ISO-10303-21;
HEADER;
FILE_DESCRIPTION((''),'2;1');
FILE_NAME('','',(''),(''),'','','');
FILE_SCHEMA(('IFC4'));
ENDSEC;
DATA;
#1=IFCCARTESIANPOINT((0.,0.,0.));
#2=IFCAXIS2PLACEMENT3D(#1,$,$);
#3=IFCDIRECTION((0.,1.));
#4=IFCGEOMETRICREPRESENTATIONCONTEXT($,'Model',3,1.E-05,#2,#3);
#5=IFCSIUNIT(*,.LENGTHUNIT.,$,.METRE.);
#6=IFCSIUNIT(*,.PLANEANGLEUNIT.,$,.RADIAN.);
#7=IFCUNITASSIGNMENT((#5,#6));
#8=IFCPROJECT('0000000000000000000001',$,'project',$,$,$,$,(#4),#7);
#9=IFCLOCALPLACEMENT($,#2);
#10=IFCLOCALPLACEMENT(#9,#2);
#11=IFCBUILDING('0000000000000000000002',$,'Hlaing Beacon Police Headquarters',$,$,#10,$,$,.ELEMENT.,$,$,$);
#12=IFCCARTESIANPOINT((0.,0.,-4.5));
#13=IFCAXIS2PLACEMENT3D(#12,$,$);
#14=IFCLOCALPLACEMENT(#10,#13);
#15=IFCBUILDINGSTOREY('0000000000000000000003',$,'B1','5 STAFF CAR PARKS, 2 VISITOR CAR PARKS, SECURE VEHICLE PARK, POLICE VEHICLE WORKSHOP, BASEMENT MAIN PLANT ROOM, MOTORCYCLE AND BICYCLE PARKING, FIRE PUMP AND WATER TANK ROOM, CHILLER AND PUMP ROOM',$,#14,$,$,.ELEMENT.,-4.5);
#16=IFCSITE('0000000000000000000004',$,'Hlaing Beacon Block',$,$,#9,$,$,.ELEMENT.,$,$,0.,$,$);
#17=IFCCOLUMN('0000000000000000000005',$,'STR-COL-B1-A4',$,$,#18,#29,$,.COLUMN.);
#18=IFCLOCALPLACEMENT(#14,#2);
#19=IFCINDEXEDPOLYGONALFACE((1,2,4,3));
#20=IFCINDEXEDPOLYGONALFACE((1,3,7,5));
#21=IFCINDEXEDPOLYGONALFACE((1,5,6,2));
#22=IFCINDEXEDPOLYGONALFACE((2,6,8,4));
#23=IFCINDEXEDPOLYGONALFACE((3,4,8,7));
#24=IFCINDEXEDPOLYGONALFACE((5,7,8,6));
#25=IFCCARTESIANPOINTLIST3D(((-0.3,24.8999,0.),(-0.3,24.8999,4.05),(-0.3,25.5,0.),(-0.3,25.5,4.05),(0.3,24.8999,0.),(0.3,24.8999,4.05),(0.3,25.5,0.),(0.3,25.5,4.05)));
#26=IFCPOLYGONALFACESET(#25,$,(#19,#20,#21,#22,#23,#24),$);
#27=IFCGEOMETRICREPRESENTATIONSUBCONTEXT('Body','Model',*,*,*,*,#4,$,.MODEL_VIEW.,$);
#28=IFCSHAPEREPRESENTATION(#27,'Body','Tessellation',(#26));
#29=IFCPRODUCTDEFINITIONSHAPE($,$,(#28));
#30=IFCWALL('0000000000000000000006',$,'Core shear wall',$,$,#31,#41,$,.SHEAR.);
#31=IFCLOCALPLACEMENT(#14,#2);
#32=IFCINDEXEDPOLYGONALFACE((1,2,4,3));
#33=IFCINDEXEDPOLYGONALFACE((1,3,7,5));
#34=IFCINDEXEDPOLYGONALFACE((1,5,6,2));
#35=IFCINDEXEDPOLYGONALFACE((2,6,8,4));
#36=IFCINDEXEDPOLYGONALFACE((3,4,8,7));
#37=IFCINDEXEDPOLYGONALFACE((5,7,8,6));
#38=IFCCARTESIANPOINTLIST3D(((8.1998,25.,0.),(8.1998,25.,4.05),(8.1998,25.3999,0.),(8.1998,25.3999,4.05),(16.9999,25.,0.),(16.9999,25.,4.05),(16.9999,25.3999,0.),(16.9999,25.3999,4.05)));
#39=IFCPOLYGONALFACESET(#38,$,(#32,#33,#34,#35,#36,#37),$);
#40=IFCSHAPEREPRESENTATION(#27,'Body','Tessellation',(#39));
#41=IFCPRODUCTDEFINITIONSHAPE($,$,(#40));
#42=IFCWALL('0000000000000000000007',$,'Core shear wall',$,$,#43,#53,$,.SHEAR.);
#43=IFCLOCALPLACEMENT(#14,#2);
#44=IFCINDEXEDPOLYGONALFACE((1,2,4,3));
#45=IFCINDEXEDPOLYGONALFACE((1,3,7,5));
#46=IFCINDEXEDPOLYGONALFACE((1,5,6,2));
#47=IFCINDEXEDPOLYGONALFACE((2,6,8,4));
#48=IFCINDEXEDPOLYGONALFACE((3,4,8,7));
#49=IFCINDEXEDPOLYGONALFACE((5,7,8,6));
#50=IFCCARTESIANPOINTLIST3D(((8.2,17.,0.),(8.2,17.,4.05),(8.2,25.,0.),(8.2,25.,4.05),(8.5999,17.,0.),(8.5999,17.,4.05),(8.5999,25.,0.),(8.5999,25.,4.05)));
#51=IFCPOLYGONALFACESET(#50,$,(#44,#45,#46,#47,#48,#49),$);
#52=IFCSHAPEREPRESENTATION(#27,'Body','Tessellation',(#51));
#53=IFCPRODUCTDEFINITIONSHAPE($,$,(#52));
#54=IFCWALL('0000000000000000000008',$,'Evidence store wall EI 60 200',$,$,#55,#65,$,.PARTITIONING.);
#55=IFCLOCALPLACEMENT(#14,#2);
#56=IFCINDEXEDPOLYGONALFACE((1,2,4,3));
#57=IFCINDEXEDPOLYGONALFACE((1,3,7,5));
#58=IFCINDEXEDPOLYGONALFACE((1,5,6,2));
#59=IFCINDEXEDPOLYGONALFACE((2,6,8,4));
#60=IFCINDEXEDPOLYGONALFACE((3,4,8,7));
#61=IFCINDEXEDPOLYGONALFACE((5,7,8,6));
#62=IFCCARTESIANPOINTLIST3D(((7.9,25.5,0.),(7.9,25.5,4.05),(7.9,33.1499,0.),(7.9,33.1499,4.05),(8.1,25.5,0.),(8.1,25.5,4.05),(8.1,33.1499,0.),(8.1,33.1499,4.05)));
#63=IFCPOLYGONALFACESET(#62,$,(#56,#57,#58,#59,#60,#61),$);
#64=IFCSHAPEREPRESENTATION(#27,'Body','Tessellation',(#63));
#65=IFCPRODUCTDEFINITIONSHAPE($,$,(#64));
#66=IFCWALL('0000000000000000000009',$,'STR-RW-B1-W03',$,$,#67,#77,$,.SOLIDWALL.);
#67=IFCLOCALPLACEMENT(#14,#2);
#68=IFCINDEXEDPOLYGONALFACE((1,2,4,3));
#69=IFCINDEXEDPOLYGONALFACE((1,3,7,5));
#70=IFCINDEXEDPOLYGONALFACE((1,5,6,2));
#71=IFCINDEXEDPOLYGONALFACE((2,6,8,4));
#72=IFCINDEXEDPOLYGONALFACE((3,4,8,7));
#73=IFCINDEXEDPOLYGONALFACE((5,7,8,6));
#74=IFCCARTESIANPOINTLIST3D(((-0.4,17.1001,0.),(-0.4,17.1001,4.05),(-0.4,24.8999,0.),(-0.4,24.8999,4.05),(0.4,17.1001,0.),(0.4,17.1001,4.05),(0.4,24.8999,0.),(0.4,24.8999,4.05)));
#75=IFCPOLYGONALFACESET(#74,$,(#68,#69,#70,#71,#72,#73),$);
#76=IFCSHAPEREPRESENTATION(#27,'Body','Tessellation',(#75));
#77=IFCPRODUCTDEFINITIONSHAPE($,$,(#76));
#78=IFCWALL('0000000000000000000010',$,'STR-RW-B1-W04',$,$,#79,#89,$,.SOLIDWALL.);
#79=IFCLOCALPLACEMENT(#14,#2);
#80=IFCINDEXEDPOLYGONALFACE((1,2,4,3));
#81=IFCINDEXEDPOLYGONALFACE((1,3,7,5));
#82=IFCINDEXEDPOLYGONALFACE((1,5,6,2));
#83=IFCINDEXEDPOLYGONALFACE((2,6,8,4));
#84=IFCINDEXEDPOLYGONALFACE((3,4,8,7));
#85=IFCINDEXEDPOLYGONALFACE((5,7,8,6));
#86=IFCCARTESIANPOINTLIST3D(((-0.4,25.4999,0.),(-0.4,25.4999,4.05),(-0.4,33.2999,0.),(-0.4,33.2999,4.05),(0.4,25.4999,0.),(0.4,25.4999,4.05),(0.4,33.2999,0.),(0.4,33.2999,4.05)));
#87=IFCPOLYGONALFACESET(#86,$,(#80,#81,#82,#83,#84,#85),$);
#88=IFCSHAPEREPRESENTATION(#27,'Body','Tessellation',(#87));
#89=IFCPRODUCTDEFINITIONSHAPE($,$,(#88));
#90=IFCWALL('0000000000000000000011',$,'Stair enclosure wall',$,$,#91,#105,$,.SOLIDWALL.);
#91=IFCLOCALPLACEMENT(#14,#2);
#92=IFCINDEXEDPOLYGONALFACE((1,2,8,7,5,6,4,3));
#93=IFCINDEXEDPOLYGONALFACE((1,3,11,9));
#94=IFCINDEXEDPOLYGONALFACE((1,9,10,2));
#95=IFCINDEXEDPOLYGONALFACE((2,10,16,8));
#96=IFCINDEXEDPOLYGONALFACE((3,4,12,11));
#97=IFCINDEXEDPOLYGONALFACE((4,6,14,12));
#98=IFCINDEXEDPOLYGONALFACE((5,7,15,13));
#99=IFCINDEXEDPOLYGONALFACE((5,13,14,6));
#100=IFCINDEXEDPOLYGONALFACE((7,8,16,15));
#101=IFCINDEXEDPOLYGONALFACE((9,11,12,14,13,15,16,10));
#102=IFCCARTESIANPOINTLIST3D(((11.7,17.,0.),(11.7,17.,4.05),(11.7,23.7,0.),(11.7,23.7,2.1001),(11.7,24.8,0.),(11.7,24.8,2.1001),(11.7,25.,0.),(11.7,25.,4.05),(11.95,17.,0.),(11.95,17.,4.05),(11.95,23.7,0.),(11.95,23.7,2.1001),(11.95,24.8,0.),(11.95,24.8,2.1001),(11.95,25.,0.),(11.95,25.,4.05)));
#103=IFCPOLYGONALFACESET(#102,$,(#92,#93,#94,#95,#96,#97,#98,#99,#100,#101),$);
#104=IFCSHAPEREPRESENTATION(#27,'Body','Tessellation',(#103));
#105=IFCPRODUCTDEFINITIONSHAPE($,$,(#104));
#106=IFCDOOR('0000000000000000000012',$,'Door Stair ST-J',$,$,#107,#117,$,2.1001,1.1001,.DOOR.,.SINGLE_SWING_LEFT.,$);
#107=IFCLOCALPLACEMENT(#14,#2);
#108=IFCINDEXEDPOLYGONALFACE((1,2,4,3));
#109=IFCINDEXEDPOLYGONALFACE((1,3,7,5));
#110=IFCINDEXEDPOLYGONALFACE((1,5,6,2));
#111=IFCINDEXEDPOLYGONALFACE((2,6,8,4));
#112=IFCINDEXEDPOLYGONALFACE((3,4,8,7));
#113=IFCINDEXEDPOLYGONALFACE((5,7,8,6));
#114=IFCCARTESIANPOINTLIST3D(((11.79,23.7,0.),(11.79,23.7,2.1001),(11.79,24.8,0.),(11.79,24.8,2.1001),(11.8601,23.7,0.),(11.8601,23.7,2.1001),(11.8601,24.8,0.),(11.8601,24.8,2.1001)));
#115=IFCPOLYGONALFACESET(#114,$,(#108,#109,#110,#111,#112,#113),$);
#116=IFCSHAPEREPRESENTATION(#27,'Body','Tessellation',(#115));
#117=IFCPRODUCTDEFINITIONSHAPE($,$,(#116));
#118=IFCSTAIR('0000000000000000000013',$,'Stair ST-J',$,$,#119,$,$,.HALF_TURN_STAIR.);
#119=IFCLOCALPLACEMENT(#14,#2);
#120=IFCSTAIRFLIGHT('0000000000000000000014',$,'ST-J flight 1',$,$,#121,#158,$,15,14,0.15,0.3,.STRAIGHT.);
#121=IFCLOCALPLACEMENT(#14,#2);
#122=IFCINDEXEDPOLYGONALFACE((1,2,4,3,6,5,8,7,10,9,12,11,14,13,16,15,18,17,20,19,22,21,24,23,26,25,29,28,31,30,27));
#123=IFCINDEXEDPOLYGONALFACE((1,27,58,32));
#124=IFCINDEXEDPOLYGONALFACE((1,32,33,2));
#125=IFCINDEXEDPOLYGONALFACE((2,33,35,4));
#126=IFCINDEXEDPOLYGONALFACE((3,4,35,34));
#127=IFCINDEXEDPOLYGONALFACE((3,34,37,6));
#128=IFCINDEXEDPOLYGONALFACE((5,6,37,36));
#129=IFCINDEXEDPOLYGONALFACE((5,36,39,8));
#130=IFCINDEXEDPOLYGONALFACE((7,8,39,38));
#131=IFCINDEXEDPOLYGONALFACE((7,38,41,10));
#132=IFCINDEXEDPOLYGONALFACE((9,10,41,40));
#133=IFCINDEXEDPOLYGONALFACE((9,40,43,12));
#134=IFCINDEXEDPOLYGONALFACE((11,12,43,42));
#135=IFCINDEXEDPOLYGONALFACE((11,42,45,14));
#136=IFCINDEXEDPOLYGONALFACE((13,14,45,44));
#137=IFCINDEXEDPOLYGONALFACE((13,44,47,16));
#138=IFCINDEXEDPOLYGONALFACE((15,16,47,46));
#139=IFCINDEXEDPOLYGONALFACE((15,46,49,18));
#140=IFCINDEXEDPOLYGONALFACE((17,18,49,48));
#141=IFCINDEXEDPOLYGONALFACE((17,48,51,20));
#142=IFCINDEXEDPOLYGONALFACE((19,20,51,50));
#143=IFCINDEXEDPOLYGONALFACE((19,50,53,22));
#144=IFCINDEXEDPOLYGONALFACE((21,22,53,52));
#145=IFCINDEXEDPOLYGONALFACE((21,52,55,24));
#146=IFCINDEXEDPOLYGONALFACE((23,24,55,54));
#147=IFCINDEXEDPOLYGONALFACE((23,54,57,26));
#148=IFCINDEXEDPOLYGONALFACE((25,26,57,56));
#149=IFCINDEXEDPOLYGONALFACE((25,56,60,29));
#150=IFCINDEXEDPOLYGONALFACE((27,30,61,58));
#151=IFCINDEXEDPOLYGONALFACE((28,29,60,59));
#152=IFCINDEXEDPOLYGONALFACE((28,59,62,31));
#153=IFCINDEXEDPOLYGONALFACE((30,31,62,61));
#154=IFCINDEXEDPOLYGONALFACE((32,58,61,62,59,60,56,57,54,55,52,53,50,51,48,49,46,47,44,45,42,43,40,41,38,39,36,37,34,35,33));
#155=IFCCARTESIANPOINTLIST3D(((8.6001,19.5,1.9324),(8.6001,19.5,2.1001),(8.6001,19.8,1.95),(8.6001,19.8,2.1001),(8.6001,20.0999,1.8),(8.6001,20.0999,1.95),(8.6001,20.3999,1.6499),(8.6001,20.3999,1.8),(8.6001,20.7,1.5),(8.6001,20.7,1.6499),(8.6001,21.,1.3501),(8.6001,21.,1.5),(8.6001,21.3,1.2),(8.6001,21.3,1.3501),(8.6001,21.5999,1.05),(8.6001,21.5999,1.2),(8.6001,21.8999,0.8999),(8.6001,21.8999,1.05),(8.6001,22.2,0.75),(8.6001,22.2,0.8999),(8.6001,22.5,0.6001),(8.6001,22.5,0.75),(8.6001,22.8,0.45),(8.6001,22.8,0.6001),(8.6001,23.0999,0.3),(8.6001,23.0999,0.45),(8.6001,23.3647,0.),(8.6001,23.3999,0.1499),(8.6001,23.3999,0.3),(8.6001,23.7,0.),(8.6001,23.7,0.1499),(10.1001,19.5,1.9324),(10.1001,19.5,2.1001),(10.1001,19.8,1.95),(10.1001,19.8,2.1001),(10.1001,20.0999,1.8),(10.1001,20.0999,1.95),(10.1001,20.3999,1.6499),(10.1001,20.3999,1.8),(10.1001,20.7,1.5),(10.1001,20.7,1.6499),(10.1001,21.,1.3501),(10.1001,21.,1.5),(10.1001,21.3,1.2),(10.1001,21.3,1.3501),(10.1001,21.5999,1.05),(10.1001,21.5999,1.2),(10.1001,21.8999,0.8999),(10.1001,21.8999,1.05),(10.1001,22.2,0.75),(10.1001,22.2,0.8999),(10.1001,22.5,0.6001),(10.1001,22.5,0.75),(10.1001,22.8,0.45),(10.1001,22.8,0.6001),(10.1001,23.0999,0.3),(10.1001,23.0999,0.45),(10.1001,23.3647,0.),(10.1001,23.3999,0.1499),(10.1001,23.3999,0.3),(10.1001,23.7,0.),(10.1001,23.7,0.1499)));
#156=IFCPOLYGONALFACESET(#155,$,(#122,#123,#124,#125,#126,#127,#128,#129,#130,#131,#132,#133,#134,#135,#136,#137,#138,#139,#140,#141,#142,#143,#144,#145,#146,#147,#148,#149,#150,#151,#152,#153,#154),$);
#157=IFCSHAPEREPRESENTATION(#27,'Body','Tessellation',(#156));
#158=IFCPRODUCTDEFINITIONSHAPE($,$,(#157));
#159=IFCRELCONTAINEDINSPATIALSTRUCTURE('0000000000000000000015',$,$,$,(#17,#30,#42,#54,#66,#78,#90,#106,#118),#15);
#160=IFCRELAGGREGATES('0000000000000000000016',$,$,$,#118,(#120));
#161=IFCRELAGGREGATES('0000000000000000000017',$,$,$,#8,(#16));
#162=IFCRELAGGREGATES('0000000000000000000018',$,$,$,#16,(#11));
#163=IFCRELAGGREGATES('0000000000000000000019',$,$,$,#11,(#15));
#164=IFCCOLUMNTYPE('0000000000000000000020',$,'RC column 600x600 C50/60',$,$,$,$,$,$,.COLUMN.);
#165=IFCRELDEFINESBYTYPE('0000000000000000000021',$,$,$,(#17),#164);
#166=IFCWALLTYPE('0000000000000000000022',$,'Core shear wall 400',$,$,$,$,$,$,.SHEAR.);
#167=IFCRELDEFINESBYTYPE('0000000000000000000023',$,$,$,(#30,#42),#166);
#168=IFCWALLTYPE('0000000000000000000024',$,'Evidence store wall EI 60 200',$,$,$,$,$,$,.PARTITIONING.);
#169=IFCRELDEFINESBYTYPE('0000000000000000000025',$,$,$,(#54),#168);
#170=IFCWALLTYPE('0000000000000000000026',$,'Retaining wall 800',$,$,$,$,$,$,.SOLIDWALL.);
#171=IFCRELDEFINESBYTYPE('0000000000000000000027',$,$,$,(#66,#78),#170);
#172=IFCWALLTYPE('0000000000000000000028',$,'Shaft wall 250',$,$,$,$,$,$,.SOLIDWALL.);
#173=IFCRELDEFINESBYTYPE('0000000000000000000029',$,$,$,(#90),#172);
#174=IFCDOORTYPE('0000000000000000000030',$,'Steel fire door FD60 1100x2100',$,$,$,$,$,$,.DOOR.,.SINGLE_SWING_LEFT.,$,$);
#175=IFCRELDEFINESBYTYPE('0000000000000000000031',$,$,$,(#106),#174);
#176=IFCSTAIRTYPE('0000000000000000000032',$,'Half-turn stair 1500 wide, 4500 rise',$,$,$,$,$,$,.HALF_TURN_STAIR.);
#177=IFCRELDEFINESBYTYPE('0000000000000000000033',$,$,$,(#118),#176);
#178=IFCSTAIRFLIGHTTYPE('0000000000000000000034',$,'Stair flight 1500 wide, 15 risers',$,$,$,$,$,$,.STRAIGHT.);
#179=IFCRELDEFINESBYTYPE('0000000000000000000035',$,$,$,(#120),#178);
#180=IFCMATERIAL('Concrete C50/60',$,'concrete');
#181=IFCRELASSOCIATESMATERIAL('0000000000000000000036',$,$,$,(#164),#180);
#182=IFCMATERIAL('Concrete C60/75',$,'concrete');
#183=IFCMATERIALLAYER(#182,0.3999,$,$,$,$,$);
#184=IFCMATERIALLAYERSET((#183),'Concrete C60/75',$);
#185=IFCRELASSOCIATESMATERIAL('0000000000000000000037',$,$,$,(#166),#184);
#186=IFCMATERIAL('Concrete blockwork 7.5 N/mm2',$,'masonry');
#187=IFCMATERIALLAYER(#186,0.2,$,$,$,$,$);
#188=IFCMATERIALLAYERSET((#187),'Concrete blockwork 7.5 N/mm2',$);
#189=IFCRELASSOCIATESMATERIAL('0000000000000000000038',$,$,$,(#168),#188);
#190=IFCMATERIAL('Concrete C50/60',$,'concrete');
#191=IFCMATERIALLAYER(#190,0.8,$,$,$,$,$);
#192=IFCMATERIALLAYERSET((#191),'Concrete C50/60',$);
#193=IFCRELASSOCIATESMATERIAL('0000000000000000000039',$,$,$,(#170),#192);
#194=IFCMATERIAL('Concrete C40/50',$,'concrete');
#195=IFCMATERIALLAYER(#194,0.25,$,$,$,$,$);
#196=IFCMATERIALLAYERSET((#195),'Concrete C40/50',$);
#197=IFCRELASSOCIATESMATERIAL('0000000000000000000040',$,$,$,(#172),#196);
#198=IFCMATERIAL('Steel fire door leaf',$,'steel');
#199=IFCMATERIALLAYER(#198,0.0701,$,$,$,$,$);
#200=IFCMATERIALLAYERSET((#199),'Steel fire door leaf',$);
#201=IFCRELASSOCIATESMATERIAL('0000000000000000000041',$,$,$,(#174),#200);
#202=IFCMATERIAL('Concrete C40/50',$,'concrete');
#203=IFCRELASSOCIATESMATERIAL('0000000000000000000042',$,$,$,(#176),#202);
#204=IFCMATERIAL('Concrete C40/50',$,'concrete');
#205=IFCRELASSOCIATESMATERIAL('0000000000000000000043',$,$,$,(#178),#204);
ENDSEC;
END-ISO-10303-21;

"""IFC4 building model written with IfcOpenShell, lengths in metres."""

from ifc_helpers import new_model, si_unit, direction, frame, frame_2d, origin, origin_2d, place, context, subcontext, project, spatial, polyline, rectangle, outline, extrude, material, layer, layer_set, material_profile, profile_set, type_object, element, fill, aggregate, save


model = new_model("IFC4")

# Units and contexts
model_context = context("Model", 3, precision=1e-05, world=origin(), true_north=direction((0.0, 1.0)))
body_context = subcontext(model_context, "Body", "Model", "MODEL_VIEW")
ifc_project = project(units=[si_unit("LENGTHUNIT", "METRE"), si_unit("PLANEANGLEUNIT", "RADIAN")], contexts=[model_context])

# Site, building, storey
site_placement = place(None, origin())
site = spatial("IfcSite", under=ifc_project, at=site_placement, Name="Hlaing Beacon Block", CompositionType="ELEMENT", RefElevation=0.0)
building_placement = place(site_placement, origin())
building = spatial("IfcBuilding", under=site, at=building_placement, Name="Hlaing Beacon Police Headquarters", CompositionType="ELEMENT")
storey_placement = place(building_placement, frame((0.0, 0.0, -4.5)))
storey = spatial("IfcBuildingStorey", under=building, at=storey_placement, Name="B1", Description="5 STAFF CAR PARKS, 2 VISITOR CAR PARKS, SECURE VEHICLE PARK, POLICE VEHICLE WORKSHOP, BASEMENT MAIN PLANT ROOM, MOTORCYCLE AND BICYCLE PARKING, FIRE PUMP AND WATER TANK ROOM, CHILLER AND PUMP ROOM", CompositionType="ELEMENT", Elevation=-4.5)

# Column
ifc_material_1 = material(Name="Concrete C50/60", Category="concrete")
ifc_material_profile_1 = material_profile(ifc_material_1, rectangle(XDim=0.6001, YDim=0.6001, at=origin_2d()), Name="600x600")
ifc_profile_set_1 = profile_set([ifc_material_profile_1], Name="Concrete C50/60")
column_type = type_object("IfcColumnType", Name="RC column 600x600 C50/60", PredefinedType="COLUMN", material=ifc_profile_set_1)
column_placement = place(storey_placement, frame((0.0, 25.2, 0.0), z_axis=(0.0, 0.0, 1.0), x_axis=(1.0, 0.0, 0.0)))
element("IfcColumn", 1, at=column_placement, inside=storey, type_object=column_type, Name="STR-COL-B1-A4", PredefinedType="COLUMN", context=body_context, shape_type="SweptSolid", body=[
    extrude(rectangle(XDim=0.6001, YDim=0.6001, at=origin_2d()), origin(), (0.0, 0.0, 1.0), 4.05),
])

# Walls
ifc_material_2 = material(Name="Concrete C60/75", Category="concrete")
ifc_layer_1 = layer(ifc_material_2, 0.3999)
ifc_layer_set_1 = layer_set([ifc_layer_1], Name="Concrete C60/75")
wall_type_1 = type_object("IfcWallType", Name="Core shear wall 400", PredefinedType="SHEAR", material=ifc_layer_set_1)
wall_1_placement = place(storey_placement, frame((8.2, 25.2, 0.0), z_axis=(0.0, 0.0, 1.0), x_axis=(1.0, 0.0, 0.0)))
element("IfcWall", 2, at=wall_1_placement, inside=storey, type_object=wall_type_1, Name="Core shear wall", PredefinedType="SHEAR", context=body_context, shape_type="SweptSolid", body=[
    extrude(rectangle(XDim=8.8, YDim=0.3999, at=frame_2d((4.3999, 0.0))), origin(), (0.0, 0.0, 1.0), 4.05),
])
wall_2_placement = place(storey_placement, frame((8.3999, 17.0, 0.0), z_axis=(0.0, 0.0, 1.0), x_axis=(0.0, 1.0, 0.0)))
element("IfcWall", 3, at=wall_2_placement, inside=storey, type_object=wall_type_1, Name="Core shear wall", PredefinedType="SHEAR", context=body_context, shape_type="SweptSolid", body=[
    extrude(rectangle(XDim=8.0, YDim=0.3999, at=frame_2d((4.0, 0.0))), origin(), (0.0, 0.0, 1.0), 4.05),
])
ifc_material_3 = material(Name="Concrete blockwork 7.5 N/mm2", Category="masonry")
ifc_layer_2 = layer(ifc_material_3, 0.2)
ifc_layer_set_2 = layer_set([ifc_layer_2], Name="Concrete blockwork 7.5 N/mm2")
wall_type_2 = type_object("IfcWallType", Name="Evidence store wall EI 60 200", PredefinedType="PARTITIONING", material=ifc_layer_set_2)
wall_3_placement = place(storey_placement, frame((8.0, 25.5, 0.0), z_axis=(0.0, 0.0, 1.0), x_axis=(0.0, 1.0, 0.0)))
element("IfcWall", 4, at=wall_3_placement, inside=storey, type_object=wall_type_2, Name="Evidence store wall EI 60 200", PredefinedType="PARTITIONING", context=body_context, shape_type="SweptSolid", body=[
    extrude(rectangle(XDim=7.6499, YDim=0.2, at=frame_2d((3.825, 0.0))), origin(), (0.0, 0.0, 1.0), 4.05),
])
ifc_material_4 = material(Name="Concrete C50/60", Category="concrete")
ifc_layer_3 = layer(ifc_material_4, 0.8)
ifc_layer_set_3 = layer_set([ifc_layer_3], Name="Concrete C50/60")
wall_type_3 = type_object("IfcWallType", Name="Retaining wall 800", PredefinedType="SOLIDWALL", material=ifc_layer_set_3)
wall_4_placement = place(storey_placement, frame((0.0, 17.1001, 0.0), z_axis=(0.0, 0.0, 1.0), x_axis=(0.0, 1.0, 0.0)))
element("IfcWall", 5, at=wall_4_placement, inside=storey, type_object=wall_type_3, Name="STR-RW-B1-W03", PredefinedType="SOLIDWALL", context=body_context, shape_type="SweptSolid", body=[
    extrude(rectangle(XDim=7.7998, YDim=0.8, at=frame_2d((3.8999, 0.0))), origin(), (0.0, 0.0, 1.0), 4.05),
])
wall_5_placement = place(storey_placement, frame((0.0, 25.5, 0.0), z_axis=(0.0, 0.0, 1.0), x_axis=(0.0, 1.0, 0.0)))
element("IfcWall", 6, at=wall_5_placement, inside=storey, type_object=wall_type_3, Name="STR-RW-B1-W04", PredefinedType="SOLIDWALL", context=body_context, shape_type="SweptSolid", body=[
    extrude(rectangle(XDim=7.8, YDim=0.8, at=frame_2d((3.8999, 0.0))), origin(), (0.0, 0.0, 1.0), 4.05),
])

# Wall, opening, door
ifc_material_5 = material(Name="Concrete C40/50", Category="concrete")
ifc_layer_4 = layer(ifc_material_5, 0.25)
ifc_layer_set_4 = layer_set([ifc_layer_4], Name="Concrete C40/50")
wall_type_4 = type_object("IfcWallType", Name="Shaft wall 250", PredefinedType="SOLIDWALL", material=ifc_layer_set_4)
wall_6_placement = place(storey_placement, frame((11.825, 25.0, 0.0), z_axis=(0.0, 0.0, 1.0), x_axis=(0.0, -1.0, 0.0)))
wall_6 = element("IfcWall", 7, at=wall_6_placement, inside=storey, type_object=wall_type_4, Name="Stair enclosure wall", PredefinedType="SOLIDWALL", context=body_context, shape_type="SweptSolid", body=[
    extrude(rectangle(XDim=8.0, YDim=0.25, at=frame_2d((4.0, 0.0))), origin(), (0.0, 0.0, 1.0), 4.05),
])
opening_placement = place(wall_6_placement, frame((0.2, 0.0, 0.0)))
opening = element("IfcOpeningElement", 8, at=opening_placement, cuts=wall_6, PredefinedType="OPENING", context=body_context, shape_type="SweptSolid", body=[
    extrude(rectangle(XDim=1.1001, YDim=2.1001, at=frame_2d((0.55, 1.05))), frame((0.0, 0.135, 0.0), z_axis=(0.0, -1.0, 0.0), x_axis=(1.0, 0.0, 0.0)), (0.0, 0.0, 1.0), 0.27),
])
ifc_material_6 = material(Name="Steel fire door leaf", Category="steel")
ifc_layer_5 = layer(ifc_material_6, 0.0701)
ifc_layer_set_5 = layer_set([ifc_layer_5], Name="Steel fire door leaf")
door_type = type_object("IfcDoorType", Name="Steel fire door FD60 1100x2100", OperationType="SINGLE_SWING_LEFT", PredefinedType="DOOR", material=ifc_layer_set_5)
door_placement = place(opening_placement, frame((1.1001, 0.0, 0.0), z_axis=(0.0, 0.0, 1.0), x_axis=(-1.0, 0.0, 0.0)))
door = element("IfcDoor", 9, at=door_placement, inside=storey, type_object=door_type, Name="Door Stair ST-J", OperationType="SINGLE_SWING_LEFT", OverallHeight=2.1001, OverallWidth=1.1001, PredefinedType="DOOR", context=body_context, shape_type="SweptSolid", body=[
    extrude(rectangle(XDim=1.1001, YDim=2.1001, at=frame_2d((0.55, 1.05))), frame((0.0, 0.0349, 0.0), z_axis=(0.0, -1.0, 0.0), x_axis=(1.0, 0.0, 0.0)), (0.0, 0.0, 1.0), 0.0701),
])
fill(opening, door)

# Stair, stair flight
ifc_material_7 = material(Name="Concrete C40/50", Category="concrete")
stair_type = type_object("IfcStairType", Name="Half-turn stair 1500 wide, 4500 rise", PredefinedType="HALF_TURN_STAIR", material=ifc_material_7)
stair_placement = place(storey_placement, origin())
stair = element("IfcStair", 10, at=stair_placement, inside=storey, type_object=stair_type, Name="Stair ST-J", PredefinedType="HALF_TURN_STAIR")
ifc_material_8 = material(Name="Concrete C40/50", Category="concrete")
stair_flight_type = type_object("IfcStairFlightType", Name="Stair flight 1500 wide, 15 risers", PredefinedType="STRAIGHT", material=ifc_material_8)
stair_flight_1_placement = place(storey_placement, frame((9.3501, 23.7, 0.0), z_axis=(0.0, 0.0, 1.0), x_axis=(0.0, -1.0, 0.0)))
stair_flight_1 = element("IfcStairFlight", 11, at=stair_flight_1_placement, type_object=stair_flight_type, Name="ST-J flight 1", NumberOfRisers=15, NumberOfTreads=14, PredefinedType="STRAIGHT", RiserHeight=0.15, TreadLength=0.3, context=body_context, shape_type="SweptSolid", body=[
    extrude(outline(polyline([(0.0, 0.0), (0.0, 0.1499), (0.3, 0.1499), (0.3, 0.3), (0.6001, 0.3), (0.6001, 0.45), (0.8999, 0.45), (0.8999, 0.6001), (1.2, 0.6001), (1.2, 0.75), (1.5, 0.75), (1.5, 0.8999), (1.8, 0.8999), (1.8, 1.05), (2.1001, 1.05), (2.1001, 1.2), (2.3999, 1.2), (2.3999, 1.3501), (2.7, 1.3501), (2.7, 1.5), (3.0, 1.5), (3.0, 1.6499), (3.3, 1.6499), (3.3, 1.8), (3.6001, 1.8), (3.6001, 1.95), (3.8999, 1.95), (3.8999, 2.1001), (4.2, 2.1001), (4.2, 2.25), (4.2, 1.9324), (0.3352, 0.0), (0.0, 0.0)])), frame((0.0, 0.75, 0.0), z_axis=(0.0, -1.0, 0.0), x_axis=(1.0, 0.0, 0.0)), (0.0, 0.0, 1.0), 1.5),
])
aggregate(stair, [stair_flight_1])

save(model, "model.ifc")
